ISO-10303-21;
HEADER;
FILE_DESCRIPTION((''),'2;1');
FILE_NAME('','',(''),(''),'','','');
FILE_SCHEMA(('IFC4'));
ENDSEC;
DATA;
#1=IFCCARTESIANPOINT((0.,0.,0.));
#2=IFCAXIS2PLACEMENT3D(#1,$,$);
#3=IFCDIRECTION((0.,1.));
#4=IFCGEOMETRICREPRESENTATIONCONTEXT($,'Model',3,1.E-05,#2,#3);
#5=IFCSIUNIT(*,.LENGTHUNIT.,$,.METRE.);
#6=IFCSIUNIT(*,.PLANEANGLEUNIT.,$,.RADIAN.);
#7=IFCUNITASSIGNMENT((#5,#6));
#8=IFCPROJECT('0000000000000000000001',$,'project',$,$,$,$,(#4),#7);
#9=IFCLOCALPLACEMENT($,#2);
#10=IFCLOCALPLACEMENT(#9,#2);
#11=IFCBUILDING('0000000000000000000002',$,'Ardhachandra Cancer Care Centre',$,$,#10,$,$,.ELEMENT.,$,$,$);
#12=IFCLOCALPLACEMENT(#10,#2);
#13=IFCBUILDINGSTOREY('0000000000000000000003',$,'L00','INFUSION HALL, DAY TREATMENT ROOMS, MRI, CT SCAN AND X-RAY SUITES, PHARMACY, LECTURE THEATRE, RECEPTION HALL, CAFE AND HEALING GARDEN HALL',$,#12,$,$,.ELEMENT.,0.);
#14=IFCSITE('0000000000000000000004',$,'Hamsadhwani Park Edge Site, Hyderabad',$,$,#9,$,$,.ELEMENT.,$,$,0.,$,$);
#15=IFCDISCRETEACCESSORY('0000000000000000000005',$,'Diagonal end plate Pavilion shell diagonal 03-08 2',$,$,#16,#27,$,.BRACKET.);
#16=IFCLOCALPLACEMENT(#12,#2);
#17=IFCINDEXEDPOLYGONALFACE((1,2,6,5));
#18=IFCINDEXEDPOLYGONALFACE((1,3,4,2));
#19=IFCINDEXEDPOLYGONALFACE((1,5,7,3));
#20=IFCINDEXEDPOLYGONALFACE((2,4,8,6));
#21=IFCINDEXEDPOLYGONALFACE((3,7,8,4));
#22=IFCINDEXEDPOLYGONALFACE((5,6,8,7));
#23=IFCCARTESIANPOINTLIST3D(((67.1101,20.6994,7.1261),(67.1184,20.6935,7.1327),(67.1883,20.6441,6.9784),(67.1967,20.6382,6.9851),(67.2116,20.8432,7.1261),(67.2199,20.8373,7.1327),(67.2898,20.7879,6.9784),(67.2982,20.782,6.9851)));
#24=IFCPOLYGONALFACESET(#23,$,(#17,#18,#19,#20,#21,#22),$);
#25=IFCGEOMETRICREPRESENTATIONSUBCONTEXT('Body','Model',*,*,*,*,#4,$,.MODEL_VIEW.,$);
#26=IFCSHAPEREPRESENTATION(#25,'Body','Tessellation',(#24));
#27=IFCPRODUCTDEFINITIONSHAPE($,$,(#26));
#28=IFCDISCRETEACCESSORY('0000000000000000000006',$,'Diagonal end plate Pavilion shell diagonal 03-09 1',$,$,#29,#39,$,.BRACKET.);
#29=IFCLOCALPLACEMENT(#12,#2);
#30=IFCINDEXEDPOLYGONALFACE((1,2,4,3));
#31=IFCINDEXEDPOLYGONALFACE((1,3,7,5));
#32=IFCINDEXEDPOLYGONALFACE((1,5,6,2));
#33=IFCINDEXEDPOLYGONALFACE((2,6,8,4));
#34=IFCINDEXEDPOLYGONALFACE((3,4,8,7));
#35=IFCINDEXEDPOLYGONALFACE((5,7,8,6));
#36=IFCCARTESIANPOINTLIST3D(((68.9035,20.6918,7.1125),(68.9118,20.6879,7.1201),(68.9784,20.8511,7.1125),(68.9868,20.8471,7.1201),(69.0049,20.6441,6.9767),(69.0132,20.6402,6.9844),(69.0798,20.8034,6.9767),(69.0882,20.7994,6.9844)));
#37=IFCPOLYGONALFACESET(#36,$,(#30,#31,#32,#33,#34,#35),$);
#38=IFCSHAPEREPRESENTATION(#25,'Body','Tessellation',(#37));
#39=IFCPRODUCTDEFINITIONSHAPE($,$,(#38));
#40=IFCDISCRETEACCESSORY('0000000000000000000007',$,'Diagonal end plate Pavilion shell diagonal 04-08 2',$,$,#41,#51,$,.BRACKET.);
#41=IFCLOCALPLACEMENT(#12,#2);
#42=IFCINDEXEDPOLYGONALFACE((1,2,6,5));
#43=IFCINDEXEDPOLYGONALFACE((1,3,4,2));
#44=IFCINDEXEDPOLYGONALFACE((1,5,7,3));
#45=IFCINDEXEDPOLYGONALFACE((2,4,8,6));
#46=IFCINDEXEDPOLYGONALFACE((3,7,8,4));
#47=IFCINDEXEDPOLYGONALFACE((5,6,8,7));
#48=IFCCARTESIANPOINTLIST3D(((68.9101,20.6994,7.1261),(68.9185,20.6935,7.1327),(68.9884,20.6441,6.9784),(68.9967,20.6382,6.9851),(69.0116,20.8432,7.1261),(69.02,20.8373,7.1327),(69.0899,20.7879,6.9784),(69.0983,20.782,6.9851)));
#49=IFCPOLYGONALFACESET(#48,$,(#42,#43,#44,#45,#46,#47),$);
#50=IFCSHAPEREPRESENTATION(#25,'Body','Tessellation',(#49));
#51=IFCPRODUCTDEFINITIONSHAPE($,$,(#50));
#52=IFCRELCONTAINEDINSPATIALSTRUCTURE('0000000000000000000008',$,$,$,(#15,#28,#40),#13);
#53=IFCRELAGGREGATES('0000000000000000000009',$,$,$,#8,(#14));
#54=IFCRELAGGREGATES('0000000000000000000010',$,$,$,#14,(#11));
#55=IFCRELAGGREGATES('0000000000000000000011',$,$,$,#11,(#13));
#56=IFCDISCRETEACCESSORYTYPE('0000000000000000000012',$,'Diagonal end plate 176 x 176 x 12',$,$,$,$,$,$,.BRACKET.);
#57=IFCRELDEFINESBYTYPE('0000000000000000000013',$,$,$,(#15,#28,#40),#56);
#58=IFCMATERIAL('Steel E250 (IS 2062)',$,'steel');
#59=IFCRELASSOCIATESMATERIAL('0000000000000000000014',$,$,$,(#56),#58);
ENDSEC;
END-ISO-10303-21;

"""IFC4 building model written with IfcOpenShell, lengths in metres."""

from ifc_helpers import new_model, si_unit, direction, frame, origin, origin_2d, place, context, subcontext, project, spatial, rectangle, extrude, material, material_profile, profile_set, type_object, element, save


model = new_model("IFC4")

# Units and contexts
model_context = context("Model", 3, precision=1e-05, world=origin(), true_north=direction((0.0, 1.0)))
body_context = subcontext(model_context, "Body", "Model", "MODEL_VIEW")
ifc_project = project(units=[si_unit("LENGTHUNIT", "METRE"), si_unit("PLANEANGLEUNIT", "RADIAN")], contexts=[model_context])

# Site, building, storey
site_placement = place(None, origin())
site = spatial("IfcSite", under=ifc_project, at=site_placement, Name="Hamsadhwani Park Edge Site, Hyderabad", CompositionType="ELEMENT", RefElevation=0.0)
building_placement = place(site_placement, origin())
building = spatial("IfcBuilding", under=site, at=building_placement, Name="Ardhachandra Cancer Care Centre", CompositionType="ELEMENT")
storey_placement = place(building_placement, origin())
storey = spatial("IfcBuildingStorey", under=building, at=storey_placement, Name="L00", Description="INFUSION HALL, DAY TREATMENT ROOMS, MRI, CT SCAN AND X-RAY SUITES, PHARMACY, LECTURE THEATRE, RECEPTION HALL, CAFE AND HEALING GARDEN HALL", CompositionType="ELEMENT", Elevation=0.0)

# Discrete accessories
ifc_material_1 = material(Name="Steel E250 (IS 2062)", Category="steel")
ifc_material_profile_1 = material_profile(ifc_material_1, rectangle(XDim=0.176, YDim=0.176, at=origin_2d()), Name="PL 176x176x12")
ifc_profile_set_1 = profile_set([ifc_material_profile_1], Name="Steel E250 (IS 2062)")
discrete_accessory_type = type_object("IfcDiscreteAccessoryType", Name="Diagonal end plate 176 x 176 x 12", PredefinedType="BRACKET", material=ifc_profile_set_1)
discrete_accessory_1_placement = place(storey_placement, frame((67.2, 20.7437, 7.0522), z_axis=(0.685367, -0.483788, 0.544262), x_axis=(0.576683, 0.816968, 0.0)))
element("IfcDiscreteAccessory", 1, at=discrete_accessory_1_placement, inside=storey, type_object=discrete_accessory_type, Name="Diagonal end plate Pavilion shell diagonal 03-08 2", PredefinedType="BRACKET", context=body_context, shape_type="SweptSolid", body=[
    extrude(rectangle(XDim=0.176, YDim=0.176, at=origin_2d()), origin(), (0.0, 0.0, 1.0), 0.0122),
])
discrete_accessory_2_placement = place(storey_placement, frame((69.0, 20.7437, 7.0522), z_axis=(-0.697959, 0.328451, -0.636375), x_axis=(-0.425797, -0.904819, 0.0)))
element("IfcDiscreteAccessory", 2, at=discrete_accessory_2_placement, inside=storey, type_object=discrete_accessory_type, Name="Diagonal end plate Pavilion shell diagonal 03-09 1", PredefinedType="BRACKET", context=body_context, shape_type="SweptSolid", body=[
    extrude(rectangle(XDim=0.176, YDim=0.176, at=origin_2d()), origin(), (0.0, 0.0, 1.0), 0.012),
])
discrete_accessory_3_placement = place(storey_placement, frame((69.0, 20.7437, 7.0522), z_axis=(0.685367, -0.483788, 0.544262), x_axis=(0.576683, 0.816968, 0.0)))
element("IfcDiscreteAccessory", 3, at=discrete_accessory_3_placement, inside=storey, type_object=discrete_accessory_type, Name="Diagonal end plate Pavilion shell diagonal 04-08 2", PredefinedType="BRACKET", context=body_context, shape_type="SweptSolid", body=[
    extrude(rectangle(XDim=0.176, YDim=0.176, at=origin_2d()), origin(), (0.0, 0.0, 1.0), 0.0122),
])

save(model, "model.ifc")
